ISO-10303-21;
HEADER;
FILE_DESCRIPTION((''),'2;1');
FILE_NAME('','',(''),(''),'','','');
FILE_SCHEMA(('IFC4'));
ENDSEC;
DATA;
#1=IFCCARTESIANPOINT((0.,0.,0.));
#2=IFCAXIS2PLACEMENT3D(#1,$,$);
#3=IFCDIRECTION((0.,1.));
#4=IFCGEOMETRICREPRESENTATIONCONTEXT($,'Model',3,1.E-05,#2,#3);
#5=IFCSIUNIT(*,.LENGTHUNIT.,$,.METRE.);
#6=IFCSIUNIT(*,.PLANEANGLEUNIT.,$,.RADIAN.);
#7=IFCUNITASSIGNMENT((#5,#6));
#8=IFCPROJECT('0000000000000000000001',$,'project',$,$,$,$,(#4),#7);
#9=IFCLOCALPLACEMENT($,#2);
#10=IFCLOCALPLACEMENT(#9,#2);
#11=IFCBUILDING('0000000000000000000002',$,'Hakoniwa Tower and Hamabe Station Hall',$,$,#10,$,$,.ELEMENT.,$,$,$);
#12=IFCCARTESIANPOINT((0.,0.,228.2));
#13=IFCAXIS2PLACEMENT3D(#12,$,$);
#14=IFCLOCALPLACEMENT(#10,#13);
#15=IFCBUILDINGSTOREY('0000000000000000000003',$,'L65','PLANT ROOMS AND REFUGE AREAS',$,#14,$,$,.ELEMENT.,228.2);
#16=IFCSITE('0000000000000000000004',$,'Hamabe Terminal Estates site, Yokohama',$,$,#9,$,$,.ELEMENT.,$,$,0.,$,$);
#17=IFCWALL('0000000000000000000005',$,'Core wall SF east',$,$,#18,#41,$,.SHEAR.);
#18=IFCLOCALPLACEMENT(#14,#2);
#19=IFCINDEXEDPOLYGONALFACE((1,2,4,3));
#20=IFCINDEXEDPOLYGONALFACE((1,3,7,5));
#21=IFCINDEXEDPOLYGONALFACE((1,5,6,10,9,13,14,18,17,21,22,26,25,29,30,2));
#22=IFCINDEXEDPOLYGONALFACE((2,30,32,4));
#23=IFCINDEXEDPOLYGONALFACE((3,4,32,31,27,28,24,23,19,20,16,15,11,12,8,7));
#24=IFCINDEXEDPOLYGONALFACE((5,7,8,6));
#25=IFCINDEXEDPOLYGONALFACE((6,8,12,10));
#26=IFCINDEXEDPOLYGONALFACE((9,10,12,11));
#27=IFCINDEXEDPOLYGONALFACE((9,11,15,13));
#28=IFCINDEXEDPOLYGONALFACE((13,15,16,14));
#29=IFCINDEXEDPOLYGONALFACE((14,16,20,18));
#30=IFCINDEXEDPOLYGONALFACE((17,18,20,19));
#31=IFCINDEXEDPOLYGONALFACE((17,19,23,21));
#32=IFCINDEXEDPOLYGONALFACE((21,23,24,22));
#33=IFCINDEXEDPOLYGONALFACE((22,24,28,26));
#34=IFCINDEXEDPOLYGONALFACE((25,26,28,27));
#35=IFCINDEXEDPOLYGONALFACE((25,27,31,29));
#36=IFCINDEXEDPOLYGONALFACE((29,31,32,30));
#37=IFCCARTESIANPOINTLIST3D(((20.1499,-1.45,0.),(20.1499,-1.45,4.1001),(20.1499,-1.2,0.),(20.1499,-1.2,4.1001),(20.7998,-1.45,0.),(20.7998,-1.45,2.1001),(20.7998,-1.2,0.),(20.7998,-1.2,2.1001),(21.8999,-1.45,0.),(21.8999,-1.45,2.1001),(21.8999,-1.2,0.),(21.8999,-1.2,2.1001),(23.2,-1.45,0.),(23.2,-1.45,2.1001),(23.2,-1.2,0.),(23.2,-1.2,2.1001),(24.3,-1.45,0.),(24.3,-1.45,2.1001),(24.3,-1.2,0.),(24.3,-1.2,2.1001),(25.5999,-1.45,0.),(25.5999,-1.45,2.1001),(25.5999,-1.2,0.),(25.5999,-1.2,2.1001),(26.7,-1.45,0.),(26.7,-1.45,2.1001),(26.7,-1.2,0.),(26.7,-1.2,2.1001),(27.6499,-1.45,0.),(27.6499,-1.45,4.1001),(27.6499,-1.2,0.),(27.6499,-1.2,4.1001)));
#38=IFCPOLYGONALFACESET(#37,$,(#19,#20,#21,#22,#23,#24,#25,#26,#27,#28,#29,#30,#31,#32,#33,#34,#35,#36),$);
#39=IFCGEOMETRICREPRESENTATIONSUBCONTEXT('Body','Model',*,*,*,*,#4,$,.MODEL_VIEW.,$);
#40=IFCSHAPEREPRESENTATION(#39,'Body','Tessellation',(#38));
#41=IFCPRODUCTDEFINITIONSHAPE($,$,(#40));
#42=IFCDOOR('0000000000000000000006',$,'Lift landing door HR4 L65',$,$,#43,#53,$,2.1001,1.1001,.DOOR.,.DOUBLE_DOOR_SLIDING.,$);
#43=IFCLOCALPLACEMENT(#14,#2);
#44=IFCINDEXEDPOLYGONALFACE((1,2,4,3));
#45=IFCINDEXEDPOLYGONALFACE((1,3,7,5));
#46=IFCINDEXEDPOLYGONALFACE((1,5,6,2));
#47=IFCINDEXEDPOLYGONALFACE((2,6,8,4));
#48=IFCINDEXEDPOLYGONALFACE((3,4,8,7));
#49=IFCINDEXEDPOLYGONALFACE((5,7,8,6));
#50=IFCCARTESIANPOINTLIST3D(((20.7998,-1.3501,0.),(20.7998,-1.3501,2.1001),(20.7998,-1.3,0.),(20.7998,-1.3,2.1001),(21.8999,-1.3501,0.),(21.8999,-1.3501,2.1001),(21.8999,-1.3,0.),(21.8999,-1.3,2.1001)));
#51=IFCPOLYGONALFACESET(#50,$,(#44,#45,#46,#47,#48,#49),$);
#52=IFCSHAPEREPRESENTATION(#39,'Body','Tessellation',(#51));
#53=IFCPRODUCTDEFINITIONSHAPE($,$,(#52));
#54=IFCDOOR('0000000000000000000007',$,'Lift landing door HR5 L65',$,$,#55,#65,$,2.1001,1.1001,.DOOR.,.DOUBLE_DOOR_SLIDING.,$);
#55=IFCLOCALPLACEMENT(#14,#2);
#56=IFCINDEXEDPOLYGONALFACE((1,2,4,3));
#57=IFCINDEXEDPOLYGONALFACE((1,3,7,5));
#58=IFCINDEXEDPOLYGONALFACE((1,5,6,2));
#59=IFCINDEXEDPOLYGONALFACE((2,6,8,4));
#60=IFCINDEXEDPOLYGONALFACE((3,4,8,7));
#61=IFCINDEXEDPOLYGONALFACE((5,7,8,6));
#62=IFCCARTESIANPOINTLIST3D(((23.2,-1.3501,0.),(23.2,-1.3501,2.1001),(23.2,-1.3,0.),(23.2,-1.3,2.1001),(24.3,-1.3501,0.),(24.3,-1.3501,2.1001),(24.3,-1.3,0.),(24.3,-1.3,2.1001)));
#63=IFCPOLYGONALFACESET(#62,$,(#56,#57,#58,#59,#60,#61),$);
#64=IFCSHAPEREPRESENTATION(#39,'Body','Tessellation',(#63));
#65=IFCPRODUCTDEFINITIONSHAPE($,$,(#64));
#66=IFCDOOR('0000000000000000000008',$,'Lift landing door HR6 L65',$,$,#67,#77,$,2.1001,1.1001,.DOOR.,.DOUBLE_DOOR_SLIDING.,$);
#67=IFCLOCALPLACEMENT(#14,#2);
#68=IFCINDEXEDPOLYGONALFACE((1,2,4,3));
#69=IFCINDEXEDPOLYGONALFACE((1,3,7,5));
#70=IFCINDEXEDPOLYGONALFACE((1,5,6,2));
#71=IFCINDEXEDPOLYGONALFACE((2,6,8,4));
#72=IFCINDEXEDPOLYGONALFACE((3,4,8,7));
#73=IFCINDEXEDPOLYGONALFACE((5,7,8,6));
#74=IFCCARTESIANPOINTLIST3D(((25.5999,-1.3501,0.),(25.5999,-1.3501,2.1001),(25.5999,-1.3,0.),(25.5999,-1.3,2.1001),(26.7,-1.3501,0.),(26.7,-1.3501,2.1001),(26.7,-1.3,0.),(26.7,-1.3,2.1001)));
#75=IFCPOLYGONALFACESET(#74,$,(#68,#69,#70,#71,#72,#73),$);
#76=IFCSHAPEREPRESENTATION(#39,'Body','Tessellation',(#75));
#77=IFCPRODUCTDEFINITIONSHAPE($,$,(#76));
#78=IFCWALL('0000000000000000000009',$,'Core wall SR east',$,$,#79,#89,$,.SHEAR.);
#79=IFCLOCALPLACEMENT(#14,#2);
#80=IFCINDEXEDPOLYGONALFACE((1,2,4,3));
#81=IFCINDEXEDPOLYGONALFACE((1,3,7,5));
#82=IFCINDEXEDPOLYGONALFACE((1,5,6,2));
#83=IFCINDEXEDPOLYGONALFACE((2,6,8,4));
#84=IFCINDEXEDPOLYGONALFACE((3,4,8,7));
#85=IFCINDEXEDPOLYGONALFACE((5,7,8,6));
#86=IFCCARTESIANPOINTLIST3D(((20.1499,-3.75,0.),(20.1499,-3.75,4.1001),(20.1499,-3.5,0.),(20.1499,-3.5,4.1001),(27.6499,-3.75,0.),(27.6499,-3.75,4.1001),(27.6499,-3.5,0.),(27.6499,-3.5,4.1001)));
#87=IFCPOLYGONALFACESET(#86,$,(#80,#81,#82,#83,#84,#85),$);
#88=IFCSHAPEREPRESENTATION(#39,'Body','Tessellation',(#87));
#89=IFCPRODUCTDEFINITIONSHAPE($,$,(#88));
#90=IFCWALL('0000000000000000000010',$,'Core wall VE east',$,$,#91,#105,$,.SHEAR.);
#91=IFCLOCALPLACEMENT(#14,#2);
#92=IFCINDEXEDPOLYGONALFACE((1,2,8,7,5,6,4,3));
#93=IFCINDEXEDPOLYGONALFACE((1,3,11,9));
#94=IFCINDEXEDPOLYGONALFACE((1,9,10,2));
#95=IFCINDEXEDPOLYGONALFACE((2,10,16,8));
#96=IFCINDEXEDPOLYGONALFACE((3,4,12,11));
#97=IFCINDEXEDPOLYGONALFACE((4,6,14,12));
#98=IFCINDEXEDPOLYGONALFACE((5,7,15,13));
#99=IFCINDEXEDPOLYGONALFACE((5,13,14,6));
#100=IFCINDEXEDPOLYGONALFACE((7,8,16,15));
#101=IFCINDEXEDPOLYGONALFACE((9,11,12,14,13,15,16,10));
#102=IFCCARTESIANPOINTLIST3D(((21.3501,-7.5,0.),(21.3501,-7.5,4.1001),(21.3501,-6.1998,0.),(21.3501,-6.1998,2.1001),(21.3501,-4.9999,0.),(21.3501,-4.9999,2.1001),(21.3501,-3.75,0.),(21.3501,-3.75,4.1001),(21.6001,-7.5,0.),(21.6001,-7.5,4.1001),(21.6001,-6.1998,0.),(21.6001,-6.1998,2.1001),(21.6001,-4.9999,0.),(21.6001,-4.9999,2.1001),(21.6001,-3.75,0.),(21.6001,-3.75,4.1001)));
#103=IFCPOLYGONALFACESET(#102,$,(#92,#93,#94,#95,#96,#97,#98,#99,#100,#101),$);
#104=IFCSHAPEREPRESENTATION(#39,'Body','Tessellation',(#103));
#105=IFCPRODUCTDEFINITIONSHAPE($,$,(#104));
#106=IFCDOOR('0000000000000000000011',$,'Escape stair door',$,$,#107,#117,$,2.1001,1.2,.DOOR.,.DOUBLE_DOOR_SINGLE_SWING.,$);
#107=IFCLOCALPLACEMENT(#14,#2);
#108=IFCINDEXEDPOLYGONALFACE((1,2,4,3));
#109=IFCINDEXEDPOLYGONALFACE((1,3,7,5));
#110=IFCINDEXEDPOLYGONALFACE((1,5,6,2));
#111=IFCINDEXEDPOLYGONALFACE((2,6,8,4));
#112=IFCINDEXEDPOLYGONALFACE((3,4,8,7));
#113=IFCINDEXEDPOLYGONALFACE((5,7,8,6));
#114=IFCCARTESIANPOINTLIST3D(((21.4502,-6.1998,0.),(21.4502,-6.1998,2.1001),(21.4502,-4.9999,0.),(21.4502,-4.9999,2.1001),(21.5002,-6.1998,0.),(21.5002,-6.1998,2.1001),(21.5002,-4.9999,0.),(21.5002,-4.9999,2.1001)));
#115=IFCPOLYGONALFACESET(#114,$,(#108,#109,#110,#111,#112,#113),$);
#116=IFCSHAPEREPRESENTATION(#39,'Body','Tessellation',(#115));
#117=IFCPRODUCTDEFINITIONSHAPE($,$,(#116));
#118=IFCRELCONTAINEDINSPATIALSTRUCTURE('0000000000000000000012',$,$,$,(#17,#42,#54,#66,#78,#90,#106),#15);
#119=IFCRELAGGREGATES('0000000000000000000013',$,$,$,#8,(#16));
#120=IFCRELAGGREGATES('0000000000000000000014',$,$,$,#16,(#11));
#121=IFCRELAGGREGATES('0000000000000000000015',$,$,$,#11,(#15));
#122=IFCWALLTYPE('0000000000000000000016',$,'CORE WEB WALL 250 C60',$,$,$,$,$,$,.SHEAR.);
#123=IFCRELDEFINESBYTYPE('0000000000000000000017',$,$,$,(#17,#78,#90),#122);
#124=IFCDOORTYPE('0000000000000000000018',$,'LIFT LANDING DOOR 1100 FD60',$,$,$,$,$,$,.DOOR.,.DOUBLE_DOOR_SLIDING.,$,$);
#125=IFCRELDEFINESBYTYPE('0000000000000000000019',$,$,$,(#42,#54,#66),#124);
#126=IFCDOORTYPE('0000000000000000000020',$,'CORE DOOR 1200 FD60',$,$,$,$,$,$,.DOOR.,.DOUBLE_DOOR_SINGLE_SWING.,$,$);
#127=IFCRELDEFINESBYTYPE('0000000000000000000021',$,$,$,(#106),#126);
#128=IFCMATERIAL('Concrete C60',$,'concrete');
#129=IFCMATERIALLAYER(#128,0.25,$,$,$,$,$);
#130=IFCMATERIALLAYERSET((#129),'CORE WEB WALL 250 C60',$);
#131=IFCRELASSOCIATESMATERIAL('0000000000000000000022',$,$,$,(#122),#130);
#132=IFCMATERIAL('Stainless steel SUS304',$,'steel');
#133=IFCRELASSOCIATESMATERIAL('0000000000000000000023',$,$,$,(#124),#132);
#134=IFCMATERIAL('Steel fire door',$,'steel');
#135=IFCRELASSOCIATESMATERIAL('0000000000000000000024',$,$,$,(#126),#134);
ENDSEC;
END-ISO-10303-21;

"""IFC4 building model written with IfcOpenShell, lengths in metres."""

from ifc_helpers import new_model, si_unit, direction, frame, frame_2d, origin, place, context, subcontext, project, spatial, rectangle, extrude, material, layer, layer_set, type_object, element, fill, save


model = new_model("IFC4")

# Units and contexts
model_context = context("Model", 3, precision=1e-05, world=origin(), true_north=direction((0.0, 1.0)))
body_context = subcontext(model_context, "Body", "Model", "MODEL_VIEW")
ifc_project = project(units=[si_unit("LENGTHUNIT", "METRE"), si_unit("PLANEANGLEUNIT", "RADIAN")], contexts=[model_context])

# Site, building, storey
site_placement = place(None, origin())
site = spatial("IfcSite", under=ifc_project, at=site_placement, Name="Hamabe Terminal Estates site, Yokohama", CompositionType="ELEMENT", RefElevation=0.0)
building_placement = place(site_placement, origin())
building = spatial("IfcBuilding", under=site, at=building_placement, Name="Hakoniwa Tower and Hamabe Station Hall", CompositionType="ELEMENT")
storey_placement = place(building_placement, frame((0.0, 0.0, 228.2)))
storey = spatial("IfcBuildingStorey", under=building, at=storey_placement, Name="L65", Description="PLANT ROOMS AND REFUGE AREAS", CompositionType="ELEMENT", Elevation=228.2)

# Shared definitions
ifc_material_1 = material(Name="Concrete C60", Category="concrete")
ifc_layer_1 = layer(ifc_material_1, 0.25)
ifc_layer_set_1 = layer_set([ifc_layer_1], Name="CORE WEB WALL 250 C60")
wall_type_1 = type_object("IfcWallType", Name="CORE WEB WALL 250 C60", PredefinedType="SHEAR", material=ifc_layer_set_1)

# Wall, openings, doors
wall_1_placement = place(storey_placement, frame((20.1499, -1.325, 0.0), z_axis=(0.0, 0.0, 1.0), x_axis=(1.0, 0.0, 0.0)))
wall_1 = element("IfcWall", 1, at=wall_1_placement, inside=storey, type_object=wall_type_1, Name="Core wall SF east", PredefinedType="SHEAR", context=body_context, shape_type="SweptSolid", body=[
    extrude(rectangle(XDim=7.5, YDim=0.25, at=frame_2d((3.75, 0.0))), origin(), (0.0, 0.0, 1.0), 4.1001),
])
opening_1_placement = place(wall_1_placement, frame((0.6499, 0.0, 0.0)))
opening_1 = element("IfcOpeningElement", 2, at=opening_1_placement, cuts=wall_1, PredefinedType="OPENING", context=body_context, shape_type="SweptSolid", body=[
    extrude(rectangle(XDim=1.1001, YDim=2.1001, at=frame_2d((0.55, 1.05))), frame((0.0, 0.135, 0.0), z_axis=(0.0, -1.0, 0.0), x_axis=(1.0, 0.0, 0.0)), (0.0, 0.0, 1.0), 0.27),
])
opening_2_placement = place(wall_1_placement, frame((3.05, 0.0, 0.0)))
opening_2 = element("IfcOpeningElement", 3, at=opening_2_placement, cuts=wall_1, PredefinedType="OPENING", context=body_context, shape_type="SweptSolid", body=[
    extrude(rectangle(XDim=1.1001, YDim=2.1001, at=frame_2d((0.55, 1.05))), frame((0.0, 0.135, 0.0), z_axis=(0.0, -1.0, 0.0), x_axis=(1.0, 0.0, 0.0)), (0.0, 0.0, 1.0), 0.27),
])
opening_3_placement = place(wall_1_placement, frame((5.45, 0.0, 0.0)))
opening_3 = element("IfcOpeningElement", 4, at=opening_3_placement, cuts=wall_1, PredefinedType="OPENING", context=body_context, shape_type="SweptSolid", body=[
    extrude(rectangle(XDim=1.1001, YDim=2.1001, at=frame_2d((0.55, 1.05))), frame((0.0, 0.135, 0.0), z_axis=(0.0, -1.0, 0.0), x_axis=(1.0, 0.0, 0.0)), (0.0, 0.0, 1.0), 0.27),
])
ifc_material_2 = material(Name="Stainless steel SUS304", Category="steel")
door_type_1 = type_object("IfcDoorType", Name="LIFT LANDING DOOR 1100 FD60", OperationType="DOUBLE_DOOR_SLIDING", PredefinedType="DOOR", material=ifc_material_2)
door_1_placement = place(opening_1_placement, origin())
door_1 = element("IfcDoor", 5, at=door_1_placement, inside=storey, type_object=door_type_1, Name="Lift landing door HR4 L65", OperationType="DOUBLE_DOOR_SLIDING", OverallHeight=2.1001, OverallWidth=1.1001, PredefinedType="DOOR", context=body_context, shape_type="SweptSolid", body=[
    extrude(rectangle(XDim=1.1001, YDim=2.1001, at=frame_2d((0.55, 1.05))), frame((0.0, 0.0249, 0.0), z_axis=(0.0, -1.0, 0.0), x_axis=(1.0, 0.0, 0.0)), (0.0, 0.0, 1.0), 0.05),
])
fill(opening_1, door_1)
door_2_placement = place(opening_2_placement, origin())
door_2 = element("IfcDoor", 6, at=door_2_placement, inside=storey, type_object=door_type_1, Name="Lift landing door HR5 L65", OperationType="DOUBLE_DOOR_SLIDING", OverallHeight=2.1001, OverallWidth=1.1001, PredefinedType="DOOR", context=body_context, shape_type="SweptSolid", body=[
    extrude(rectangle(XDim=1.1001, YDim=2.1001, at=frame_2d((0.55, 1.05))), frame((0.0, 0.0249, 0.0), z_axis=(0.0, -1.0, 0.0), x_axis=(1.0, 0.0, 0.0)), (0.0, 0.0, 1.0), 0.05),
])
fill(opening_2, door_2)
door_3_placement = place(opening_3_placement, origin())
door_3 = element("IfcDoor", 7, at=door_3_placement, inside=storey, type_object=door_type_1, Name="Lift landing door HR6 L65", OperationType="DOUBLE_DOOR_SLIDING", OverallHeight=2.1001, OverallWidth=1.1001, PredefinedType="DOOR", context=body_context, shape_type="SweptSolid", body=[
    extrude(rectangle(XDim=1.1001, YDim=2.1001, at=frame_2d((0.55, 1.05))), frame((0.0, 0.0249, 0.0), z_axis=(0.0, -1.0, 0.0), x_axis=(1.0, 0.0, 0.0)), (0.0, 0.0, 1.0), 0.05),
])
fill(opening_3, door_3)

# Wall
wall_2_placement = place(storey_placement, frame((20.1499, -3.625, 0.0), z_axis=(0.0, 0.0, 1.0), x_axis=(1.0, 0.0, 0.0)))
element("IfcWall", 8, at=wall_2_placement, inside=storey, type_object=wall_type_1, Name="Core wall SR east", PredefinedType="SHEAR", context=body_context, shape_type="SweptSolid", body=[
    extrude(rectangle(XDim=7.5, YDim=0.25, at=frame_2d((3.75, 0.0))), origin(), (0.0, 0.0, 1.0), 4.1001),
])

# Wall, opening, door
wall_3_placement = place(storey_placement, frame((21.4751, -7.5, 0.0), z_axis=(0.0, 0.0, 1.0), x_axis=(0.0, 1.0, 0.0)))
wall_3 = element("IfcWall", 9, at=wall_3_placement, inside=storey, type_object=wall_type_1, Name="Core wall VE east", PredefinedType="SHEAR", context=body_context, shape_type="SweptSolid", body=[
    extrude(rectangle(XDim=3.75, YDim=0.25, at=frame_2d((1.875, 0.0))), origin(), (0.0, 0.0, 1.0), 4.1001),
])
opening_4_placement = place(wall_3_placement, frame((1.3, 0.0, 0.0)))
opening_4 = element("IfcOpeningElement", 10, at=opening_4_placement, cuts=wall_3, PredefinedType="OPENING", context=body_context, shape_type="SweptSolid", body=[
    extrude(rectangle(XDim=1.2, YDim=2.1001, at=frame_2d((0.6001, 1.05))), frame((0.0, 0.135, 0.0), z_axis=(0.0, -1.0, 0.0), x_axis=(1.0, 0.0, 0.0)), (0.0, 0.0, 1.0), 0.27),
])
ifc_material_3 = material(Name="Steel fire door", Category="steel")
door_type_2 = type_object("IfcDoorType", Name="CORE DOOR 1200 FD60", OperationType="DOUBLE_DOOR_SINGLE_SWING", PredefinedType="DOOR", material=ifc_material_3)
door_4_placement = place(opening_4_placement, origin())
door_4 = element("IfcDoor", 11, at=door_4_placement, inside=storey, type_object=door_type_2, Name="Escape stair door", OperationType="DOUBLE_DOOR_SINGLE_SWING", OverallHeight=2.1001, OverallWidth=1.2, PredefinedType="DOOR", context=body_context, shape_type="SweptSolid", body=[
    extrude(rectangle(XDim=1.2, YDim=2.1001, at=frame_2d((0.6001, 1.05))), frame((0.0, 0.0249, 0.0), z_axis=(0.0, -1.0, 0.0), x_axis=(1.0, 0.0, 0.0)), (0.0, 0.0, 1.0), 0.05),
])
fill(opening_4, door_4)

save(model, "model.ifc")
